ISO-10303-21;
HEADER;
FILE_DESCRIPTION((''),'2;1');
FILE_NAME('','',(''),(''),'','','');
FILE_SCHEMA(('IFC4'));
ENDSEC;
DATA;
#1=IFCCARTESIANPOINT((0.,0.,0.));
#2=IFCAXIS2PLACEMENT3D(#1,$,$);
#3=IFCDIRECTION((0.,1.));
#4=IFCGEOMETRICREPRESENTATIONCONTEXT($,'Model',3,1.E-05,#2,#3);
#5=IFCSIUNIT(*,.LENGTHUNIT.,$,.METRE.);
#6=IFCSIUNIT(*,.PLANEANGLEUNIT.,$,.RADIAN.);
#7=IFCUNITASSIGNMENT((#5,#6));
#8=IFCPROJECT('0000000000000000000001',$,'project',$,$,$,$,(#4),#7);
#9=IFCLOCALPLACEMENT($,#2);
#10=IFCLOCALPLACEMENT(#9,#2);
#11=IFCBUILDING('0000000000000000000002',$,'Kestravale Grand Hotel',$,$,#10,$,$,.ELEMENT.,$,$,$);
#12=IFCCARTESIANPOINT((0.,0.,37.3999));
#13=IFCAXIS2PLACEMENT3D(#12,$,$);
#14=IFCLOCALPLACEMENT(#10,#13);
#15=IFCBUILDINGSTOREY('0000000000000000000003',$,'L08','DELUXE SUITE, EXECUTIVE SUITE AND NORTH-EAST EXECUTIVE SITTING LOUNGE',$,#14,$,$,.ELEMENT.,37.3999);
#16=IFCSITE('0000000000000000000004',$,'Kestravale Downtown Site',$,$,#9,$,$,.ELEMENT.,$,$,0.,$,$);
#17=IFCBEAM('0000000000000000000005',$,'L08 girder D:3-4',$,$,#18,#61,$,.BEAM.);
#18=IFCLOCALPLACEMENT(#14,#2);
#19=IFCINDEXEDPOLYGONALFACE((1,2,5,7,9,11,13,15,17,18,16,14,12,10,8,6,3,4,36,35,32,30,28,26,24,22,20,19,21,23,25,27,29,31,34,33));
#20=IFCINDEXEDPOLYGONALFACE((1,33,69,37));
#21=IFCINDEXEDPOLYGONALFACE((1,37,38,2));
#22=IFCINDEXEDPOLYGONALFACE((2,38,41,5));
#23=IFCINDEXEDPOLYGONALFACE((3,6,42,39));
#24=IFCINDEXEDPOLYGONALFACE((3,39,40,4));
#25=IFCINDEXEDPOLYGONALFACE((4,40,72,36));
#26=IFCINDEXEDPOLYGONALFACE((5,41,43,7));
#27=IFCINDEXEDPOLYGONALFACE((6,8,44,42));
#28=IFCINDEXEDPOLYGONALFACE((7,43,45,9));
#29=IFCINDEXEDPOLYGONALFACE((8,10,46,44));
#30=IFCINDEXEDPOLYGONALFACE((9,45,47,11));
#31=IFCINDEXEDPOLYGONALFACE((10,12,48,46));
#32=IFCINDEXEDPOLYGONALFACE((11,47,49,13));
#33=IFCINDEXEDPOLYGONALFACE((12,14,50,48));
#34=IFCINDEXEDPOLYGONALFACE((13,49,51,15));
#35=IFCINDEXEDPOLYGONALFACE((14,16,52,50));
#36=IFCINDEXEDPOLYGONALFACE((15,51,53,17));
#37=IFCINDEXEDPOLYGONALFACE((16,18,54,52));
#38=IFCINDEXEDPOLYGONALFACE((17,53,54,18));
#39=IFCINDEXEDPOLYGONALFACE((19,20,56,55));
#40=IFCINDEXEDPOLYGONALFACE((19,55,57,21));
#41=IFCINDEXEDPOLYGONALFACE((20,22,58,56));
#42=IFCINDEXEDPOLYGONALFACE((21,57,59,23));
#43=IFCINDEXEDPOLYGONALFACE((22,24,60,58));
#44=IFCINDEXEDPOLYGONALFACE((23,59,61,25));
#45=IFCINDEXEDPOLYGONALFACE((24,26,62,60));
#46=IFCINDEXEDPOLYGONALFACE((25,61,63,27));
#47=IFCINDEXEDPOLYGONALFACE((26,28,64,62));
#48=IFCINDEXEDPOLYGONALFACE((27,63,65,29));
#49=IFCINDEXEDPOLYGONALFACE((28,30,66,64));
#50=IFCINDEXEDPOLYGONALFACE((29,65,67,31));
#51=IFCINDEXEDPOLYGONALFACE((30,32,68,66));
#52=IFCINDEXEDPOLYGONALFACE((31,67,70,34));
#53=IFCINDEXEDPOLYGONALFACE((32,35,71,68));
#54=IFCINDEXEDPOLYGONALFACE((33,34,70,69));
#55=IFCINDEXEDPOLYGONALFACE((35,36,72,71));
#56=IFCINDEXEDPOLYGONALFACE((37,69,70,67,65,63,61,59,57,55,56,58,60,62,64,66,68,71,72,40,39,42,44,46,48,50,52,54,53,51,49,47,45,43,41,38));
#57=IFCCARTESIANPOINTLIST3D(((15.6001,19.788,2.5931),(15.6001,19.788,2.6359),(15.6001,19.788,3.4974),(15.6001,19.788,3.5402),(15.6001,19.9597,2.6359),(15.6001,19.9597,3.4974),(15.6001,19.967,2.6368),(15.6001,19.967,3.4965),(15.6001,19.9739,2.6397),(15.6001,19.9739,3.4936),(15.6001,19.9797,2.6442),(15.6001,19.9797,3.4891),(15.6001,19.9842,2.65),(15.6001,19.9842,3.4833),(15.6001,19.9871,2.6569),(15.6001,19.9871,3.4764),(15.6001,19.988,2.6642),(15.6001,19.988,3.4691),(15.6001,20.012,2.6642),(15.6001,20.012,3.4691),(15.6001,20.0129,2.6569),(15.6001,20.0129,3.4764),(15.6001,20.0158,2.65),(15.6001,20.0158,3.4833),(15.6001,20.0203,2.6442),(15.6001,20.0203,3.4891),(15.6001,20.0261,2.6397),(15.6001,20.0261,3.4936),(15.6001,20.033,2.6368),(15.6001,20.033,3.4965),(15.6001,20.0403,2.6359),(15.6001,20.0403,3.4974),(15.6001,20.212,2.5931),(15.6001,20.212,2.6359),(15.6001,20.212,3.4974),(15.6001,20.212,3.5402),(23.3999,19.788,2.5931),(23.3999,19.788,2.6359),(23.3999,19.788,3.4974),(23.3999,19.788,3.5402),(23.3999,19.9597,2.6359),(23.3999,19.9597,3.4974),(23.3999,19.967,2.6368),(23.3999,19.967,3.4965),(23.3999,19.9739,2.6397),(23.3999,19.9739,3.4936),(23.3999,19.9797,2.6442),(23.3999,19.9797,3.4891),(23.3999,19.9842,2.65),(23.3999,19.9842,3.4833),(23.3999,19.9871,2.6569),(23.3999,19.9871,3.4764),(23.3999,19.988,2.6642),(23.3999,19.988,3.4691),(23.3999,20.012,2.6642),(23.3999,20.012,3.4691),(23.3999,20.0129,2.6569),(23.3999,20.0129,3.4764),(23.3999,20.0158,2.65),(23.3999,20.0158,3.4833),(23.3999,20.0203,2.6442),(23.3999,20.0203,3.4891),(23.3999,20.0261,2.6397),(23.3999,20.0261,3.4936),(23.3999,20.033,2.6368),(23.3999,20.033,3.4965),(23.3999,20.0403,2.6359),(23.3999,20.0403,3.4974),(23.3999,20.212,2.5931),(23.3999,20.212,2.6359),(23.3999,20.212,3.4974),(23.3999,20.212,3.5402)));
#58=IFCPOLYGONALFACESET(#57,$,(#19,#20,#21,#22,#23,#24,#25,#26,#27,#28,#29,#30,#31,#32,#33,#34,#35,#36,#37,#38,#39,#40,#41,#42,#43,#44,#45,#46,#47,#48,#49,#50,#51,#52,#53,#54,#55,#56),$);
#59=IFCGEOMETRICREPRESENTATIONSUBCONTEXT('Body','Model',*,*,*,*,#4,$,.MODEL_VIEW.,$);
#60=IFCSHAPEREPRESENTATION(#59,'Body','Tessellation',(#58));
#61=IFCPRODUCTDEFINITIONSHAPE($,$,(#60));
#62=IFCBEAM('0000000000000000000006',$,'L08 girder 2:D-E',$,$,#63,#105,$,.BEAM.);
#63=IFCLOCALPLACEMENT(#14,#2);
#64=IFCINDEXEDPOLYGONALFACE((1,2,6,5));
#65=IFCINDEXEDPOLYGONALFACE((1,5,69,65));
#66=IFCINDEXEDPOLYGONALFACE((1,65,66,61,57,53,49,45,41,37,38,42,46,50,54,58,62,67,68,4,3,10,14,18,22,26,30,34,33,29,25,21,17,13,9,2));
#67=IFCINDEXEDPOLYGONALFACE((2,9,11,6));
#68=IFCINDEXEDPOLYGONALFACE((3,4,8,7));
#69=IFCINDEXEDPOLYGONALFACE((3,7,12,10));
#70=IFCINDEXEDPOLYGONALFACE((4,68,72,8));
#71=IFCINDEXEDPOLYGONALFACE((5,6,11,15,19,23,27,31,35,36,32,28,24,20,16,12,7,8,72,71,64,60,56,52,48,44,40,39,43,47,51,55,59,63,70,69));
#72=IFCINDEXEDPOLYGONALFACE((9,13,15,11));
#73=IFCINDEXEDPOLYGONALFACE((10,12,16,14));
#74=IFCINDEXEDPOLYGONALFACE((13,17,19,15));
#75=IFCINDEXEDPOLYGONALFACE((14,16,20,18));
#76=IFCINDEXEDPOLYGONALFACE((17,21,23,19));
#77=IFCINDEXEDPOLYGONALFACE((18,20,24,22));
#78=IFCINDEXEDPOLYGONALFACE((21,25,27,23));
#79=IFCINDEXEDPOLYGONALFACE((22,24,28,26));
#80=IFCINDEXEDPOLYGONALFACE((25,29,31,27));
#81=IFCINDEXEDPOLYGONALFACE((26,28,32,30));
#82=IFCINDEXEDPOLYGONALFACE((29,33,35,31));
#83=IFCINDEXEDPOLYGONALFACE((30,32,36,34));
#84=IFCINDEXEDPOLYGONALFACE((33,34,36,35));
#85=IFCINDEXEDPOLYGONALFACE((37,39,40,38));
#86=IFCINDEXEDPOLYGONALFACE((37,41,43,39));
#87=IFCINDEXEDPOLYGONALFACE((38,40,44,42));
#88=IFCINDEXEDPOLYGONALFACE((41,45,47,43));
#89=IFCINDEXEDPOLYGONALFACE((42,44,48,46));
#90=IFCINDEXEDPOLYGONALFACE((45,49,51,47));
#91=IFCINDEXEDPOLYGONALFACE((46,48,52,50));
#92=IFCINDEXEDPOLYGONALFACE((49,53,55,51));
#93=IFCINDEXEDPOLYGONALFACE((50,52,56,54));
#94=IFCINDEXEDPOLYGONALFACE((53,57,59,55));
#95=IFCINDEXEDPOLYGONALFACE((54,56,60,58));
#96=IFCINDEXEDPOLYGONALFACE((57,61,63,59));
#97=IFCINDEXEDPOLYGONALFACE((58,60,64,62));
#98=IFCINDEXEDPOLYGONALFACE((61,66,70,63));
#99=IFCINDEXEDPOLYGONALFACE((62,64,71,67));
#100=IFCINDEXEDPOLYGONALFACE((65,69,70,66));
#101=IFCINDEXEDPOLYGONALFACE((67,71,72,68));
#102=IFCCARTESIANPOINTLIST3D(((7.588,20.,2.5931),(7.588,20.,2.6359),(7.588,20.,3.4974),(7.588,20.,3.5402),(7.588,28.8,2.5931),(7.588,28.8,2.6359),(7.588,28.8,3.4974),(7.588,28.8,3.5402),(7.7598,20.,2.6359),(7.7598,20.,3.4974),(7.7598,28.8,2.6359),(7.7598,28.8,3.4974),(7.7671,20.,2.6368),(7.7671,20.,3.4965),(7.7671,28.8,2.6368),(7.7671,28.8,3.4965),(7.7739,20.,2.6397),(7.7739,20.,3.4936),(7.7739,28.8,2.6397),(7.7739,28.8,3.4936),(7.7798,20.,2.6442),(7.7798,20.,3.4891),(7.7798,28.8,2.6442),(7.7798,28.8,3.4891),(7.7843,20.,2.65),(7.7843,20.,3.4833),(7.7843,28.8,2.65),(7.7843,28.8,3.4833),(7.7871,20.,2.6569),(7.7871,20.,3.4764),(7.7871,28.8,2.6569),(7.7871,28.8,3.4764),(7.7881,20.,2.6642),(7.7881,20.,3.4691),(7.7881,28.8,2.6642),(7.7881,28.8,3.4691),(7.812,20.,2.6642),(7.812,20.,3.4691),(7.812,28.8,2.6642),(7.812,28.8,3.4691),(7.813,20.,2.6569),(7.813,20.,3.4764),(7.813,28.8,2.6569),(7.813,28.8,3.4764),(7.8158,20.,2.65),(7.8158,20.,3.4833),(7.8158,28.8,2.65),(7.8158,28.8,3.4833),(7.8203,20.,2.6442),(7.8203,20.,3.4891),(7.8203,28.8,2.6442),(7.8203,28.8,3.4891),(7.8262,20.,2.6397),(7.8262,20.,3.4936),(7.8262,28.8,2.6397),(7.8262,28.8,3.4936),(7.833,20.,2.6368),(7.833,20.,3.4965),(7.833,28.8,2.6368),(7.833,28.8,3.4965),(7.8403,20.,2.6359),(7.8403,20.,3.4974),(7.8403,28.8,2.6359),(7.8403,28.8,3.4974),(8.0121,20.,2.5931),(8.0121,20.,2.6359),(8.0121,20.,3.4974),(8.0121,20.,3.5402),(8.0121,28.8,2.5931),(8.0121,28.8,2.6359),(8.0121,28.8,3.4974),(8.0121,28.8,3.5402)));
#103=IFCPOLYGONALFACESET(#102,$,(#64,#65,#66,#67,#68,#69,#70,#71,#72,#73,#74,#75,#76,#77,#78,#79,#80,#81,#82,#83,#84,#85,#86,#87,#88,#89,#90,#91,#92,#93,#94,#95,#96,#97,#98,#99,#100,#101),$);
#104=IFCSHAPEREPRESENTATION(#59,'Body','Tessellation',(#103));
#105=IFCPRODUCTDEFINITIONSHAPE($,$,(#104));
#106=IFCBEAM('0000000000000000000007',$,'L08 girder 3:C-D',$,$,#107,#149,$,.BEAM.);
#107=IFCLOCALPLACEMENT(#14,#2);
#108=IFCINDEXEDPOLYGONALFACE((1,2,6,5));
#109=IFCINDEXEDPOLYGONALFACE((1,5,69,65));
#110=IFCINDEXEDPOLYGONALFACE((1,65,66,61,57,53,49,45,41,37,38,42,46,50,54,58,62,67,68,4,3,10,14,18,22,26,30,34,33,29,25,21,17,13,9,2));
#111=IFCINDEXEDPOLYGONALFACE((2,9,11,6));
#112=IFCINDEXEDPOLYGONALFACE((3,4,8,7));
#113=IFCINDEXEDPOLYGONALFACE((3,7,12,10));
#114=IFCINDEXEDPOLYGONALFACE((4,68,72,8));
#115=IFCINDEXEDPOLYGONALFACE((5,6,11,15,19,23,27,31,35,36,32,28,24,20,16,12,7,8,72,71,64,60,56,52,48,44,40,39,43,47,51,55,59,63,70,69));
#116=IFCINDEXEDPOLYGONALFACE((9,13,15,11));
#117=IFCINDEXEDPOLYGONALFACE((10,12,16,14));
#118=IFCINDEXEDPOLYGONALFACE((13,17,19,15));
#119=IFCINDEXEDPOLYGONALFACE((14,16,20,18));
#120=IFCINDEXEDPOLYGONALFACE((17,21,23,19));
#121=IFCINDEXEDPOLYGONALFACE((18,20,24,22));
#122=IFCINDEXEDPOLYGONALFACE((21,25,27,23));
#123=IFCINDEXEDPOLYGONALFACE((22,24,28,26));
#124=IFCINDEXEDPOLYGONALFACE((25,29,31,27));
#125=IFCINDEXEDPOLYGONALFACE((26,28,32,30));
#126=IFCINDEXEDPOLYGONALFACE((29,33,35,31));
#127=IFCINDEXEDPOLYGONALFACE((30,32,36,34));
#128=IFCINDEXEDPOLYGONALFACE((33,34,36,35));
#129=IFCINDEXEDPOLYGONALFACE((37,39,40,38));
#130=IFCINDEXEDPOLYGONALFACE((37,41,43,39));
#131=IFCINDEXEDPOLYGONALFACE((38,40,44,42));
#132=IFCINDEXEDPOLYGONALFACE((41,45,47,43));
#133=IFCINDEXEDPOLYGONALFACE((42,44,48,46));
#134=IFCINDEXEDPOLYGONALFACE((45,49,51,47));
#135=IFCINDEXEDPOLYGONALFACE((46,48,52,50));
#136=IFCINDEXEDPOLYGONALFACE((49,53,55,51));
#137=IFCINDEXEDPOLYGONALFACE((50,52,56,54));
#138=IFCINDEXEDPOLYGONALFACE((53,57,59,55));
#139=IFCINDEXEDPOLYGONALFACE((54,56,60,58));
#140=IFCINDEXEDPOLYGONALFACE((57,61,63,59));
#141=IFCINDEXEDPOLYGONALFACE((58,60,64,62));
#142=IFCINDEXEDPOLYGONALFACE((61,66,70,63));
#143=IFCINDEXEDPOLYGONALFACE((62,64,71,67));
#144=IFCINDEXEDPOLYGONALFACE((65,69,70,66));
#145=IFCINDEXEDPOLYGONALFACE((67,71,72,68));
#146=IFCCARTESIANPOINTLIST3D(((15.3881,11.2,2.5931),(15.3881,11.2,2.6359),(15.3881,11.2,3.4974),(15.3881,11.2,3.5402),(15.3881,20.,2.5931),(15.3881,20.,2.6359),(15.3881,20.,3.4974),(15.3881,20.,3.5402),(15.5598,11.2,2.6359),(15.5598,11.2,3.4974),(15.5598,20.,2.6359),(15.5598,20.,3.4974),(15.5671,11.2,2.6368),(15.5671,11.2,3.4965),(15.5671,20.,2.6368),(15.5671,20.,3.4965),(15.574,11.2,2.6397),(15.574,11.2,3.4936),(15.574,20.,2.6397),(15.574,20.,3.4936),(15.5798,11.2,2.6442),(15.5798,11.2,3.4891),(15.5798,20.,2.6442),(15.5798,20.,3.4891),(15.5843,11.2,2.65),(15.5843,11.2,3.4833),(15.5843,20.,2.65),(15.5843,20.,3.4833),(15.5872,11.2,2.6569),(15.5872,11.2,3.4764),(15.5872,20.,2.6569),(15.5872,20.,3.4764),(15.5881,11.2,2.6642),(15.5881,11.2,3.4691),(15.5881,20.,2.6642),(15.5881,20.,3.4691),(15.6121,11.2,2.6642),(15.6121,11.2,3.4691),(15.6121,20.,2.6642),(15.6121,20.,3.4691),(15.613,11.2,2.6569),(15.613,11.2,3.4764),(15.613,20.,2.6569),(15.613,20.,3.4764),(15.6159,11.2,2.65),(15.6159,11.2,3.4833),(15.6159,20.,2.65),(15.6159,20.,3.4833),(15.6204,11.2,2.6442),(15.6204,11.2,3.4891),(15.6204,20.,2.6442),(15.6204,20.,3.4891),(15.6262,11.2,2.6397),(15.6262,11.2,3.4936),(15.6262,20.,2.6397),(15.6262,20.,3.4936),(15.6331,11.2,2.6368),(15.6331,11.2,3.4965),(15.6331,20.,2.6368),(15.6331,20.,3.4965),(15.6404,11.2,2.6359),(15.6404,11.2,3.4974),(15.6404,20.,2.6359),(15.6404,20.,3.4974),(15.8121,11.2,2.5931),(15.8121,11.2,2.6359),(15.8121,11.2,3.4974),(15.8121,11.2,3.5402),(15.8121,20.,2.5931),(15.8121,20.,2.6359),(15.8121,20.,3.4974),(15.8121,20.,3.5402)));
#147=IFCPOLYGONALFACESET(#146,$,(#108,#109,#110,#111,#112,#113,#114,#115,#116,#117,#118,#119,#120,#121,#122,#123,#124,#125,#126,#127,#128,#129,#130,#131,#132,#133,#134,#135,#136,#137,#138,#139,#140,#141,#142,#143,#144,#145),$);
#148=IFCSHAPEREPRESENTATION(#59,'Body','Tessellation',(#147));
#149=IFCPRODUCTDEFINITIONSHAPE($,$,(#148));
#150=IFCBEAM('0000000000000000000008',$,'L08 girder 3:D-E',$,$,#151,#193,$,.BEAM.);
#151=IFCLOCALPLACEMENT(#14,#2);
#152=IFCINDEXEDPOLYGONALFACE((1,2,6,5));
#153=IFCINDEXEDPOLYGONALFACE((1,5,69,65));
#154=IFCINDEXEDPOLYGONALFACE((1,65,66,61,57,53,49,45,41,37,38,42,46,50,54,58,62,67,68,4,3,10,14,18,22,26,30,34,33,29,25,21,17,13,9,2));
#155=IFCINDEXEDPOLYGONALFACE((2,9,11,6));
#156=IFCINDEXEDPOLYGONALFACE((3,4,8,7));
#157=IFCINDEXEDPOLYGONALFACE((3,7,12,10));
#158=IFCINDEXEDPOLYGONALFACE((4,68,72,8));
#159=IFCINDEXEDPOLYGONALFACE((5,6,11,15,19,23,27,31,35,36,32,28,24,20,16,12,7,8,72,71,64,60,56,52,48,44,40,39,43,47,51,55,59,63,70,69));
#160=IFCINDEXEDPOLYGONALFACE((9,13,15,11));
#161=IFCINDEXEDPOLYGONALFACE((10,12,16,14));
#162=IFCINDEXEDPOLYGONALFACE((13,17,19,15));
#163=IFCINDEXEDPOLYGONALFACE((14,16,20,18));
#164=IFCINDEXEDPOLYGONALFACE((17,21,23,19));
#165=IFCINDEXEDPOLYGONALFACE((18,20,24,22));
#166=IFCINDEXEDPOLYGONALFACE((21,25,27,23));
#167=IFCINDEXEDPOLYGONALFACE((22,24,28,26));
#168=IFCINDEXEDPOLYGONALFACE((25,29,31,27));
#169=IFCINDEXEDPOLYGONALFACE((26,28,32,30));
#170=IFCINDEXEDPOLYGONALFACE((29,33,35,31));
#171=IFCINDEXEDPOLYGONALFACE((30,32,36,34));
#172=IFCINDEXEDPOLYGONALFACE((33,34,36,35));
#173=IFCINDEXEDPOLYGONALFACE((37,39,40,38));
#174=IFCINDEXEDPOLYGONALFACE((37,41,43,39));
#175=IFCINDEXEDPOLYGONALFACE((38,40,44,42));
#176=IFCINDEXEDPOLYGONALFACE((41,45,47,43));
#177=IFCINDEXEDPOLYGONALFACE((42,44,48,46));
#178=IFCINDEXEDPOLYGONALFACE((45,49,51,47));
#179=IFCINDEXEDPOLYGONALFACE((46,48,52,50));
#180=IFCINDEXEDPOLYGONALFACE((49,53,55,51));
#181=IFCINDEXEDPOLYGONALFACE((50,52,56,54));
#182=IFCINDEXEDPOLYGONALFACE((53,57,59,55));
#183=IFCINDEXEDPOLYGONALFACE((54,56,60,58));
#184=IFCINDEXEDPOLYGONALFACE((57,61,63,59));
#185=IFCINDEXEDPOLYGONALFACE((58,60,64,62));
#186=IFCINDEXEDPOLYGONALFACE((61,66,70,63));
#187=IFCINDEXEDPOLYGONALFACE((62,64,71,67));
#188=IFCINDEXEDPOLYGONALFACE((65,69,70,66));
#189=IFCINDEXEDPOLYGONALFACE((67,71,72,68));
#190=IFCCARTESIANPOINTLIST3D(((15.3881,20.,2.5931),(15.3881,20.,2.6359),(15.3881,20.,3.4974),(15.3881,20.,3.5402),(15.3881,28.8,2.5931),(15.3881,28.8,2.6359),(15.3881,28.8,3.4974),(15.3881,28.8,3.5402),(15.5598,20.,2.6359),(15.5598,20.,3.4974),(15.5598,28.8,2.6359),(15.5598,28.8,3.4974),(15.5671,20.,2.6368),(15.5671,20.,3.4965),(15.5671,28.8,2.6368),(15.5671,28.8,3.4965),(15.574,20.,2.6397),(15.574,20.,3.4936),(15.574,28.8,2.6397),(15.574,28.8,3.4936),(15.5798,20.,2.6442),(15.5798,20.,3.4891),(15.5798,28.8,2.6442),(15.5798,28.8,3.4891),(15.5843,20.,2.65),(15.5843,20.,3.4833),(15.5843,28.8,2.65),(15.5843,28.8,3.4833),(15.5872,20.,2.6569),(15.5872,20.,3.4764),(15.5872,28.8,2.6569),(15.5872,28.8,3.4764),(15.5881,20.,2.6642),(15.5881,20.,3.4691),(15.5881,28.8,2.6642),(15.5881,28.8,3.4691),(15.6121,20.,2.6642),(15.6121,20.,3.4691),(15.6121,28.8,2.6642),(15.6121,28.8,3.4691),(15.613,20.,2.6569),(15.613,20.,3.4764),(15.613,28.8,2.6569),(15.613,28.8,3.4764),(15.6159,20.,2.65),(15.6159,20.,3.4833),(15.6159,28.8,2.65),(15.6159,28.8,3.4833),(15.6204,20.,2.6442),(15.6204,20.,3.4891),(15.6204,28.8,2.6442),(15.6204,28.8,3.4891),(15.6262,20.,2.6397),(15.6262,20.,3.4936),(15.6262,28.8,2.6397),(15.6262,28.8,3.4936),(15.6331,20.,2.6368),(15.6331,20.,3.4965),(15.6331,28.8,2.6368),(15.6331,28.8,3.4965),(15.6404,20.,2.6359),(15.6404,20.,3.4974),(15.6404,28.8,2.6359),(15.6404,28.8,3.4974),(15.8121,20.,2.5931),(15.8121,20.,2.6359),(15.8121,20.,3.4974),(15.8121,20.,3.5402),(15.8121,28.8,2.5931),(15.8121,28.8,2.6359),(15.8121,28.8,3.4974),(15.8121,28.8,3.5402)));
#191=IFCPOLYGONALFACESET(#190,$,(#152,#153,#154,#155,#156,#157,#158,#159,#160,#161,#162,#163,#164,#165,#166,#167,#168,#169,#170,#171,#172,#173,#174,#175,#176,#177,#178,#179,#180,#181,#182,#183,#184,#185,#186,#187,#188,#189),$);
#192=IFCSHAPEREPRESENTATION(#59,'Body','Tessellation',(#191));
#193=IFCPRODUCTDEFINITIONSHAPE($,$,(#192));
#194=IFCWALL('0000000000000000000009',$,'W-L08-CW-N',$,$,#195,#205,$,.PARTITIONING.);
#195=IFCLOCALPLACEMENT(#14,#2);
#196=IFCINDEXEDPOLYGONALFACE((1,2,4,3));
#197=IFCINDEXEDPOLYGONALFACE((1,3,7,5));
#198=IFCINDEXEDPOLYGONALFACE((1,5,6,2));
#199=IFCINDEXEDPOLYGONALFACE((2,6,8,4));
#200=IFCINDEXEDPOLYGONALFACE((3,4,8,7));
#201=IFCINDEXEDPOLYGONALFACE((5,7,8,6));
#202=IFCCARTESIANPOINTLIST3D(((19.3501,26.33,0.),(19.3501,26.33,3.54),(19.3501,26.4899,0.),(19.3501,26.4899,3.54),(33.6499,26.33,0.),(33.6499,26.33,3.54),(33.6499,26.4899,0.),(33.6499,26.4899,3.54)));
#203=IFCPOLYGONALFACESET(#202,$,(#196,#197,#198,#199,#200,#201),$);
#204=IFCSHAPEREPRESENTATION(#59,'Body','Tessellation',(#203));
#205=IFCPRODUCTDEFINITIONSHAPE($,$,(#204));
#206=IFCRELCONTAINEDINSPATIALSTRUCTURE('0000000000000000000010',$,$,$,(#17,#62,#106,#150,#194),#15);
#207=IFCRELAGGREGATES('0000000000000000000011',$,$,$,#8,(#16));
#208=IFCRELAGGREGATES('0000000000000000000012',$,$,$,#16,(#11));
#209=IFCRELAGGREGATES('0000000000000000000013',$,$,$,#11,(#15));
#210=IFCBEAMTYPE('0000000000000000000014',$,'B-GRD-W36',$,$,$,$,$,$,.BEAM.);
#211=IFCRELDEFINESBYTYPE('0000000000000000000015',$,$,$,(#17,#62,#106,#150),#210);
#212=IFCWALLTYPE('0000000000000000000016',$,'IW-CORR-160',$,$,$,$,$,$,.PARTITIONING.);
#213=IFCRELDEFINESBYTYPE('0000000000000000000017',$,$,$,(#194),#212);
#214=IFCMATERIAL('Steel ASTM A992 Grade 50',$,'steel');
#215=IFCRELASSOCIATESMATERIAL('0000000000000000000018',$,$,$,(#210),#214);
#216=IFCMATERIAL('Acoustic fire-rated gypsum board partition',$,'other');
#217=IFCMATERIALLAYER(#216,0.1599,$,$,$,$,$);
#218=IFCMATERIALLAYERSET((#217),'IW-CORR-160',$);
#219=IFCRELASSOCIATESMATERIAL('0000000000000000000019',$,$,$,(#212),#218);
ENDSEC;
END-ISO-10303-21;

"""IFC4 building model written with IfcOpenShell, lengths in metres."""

from ifc_helpers import new_model, si_unit, direction, frame, frame_2d, origin, origin_2d, place, context, subcontext, project, spatial, rectangle, i_section, extrude, material, layer, layer_set, material_profile, profile_set, type_object, element, save


model = new_model("IFC4")

# Units and contexts
model_context = context("Model", 3, precision=1e-05, world=origin(), true_north=direction((0.0, 1.0)))
body_context = subcontext(model_context, "Body", "Model", "MODEL_VIEW")
ifc_project = project(units=[si_unit("LENGTHUNIT", "METRE"), si_unit("PLANEANGLEUNIT", "RADIAN")], contexts=[model_context])

# Site, building, storey
site_placement = place(None, origin())
site = spatial("IfcSite", under=ifc_project, at=site_placement, Name="Kestravale Downtown Site", CompositionType="ELEMENT", RefElevation=0.0)
building_placement = place(site_placement, origin())
building = spatial("IfcBuilding", under=site, at=building_placement, Name="Kestravale Grand Hotel", CompositionType="ELEMENT")
storey_placement = place(building_placement, frame((0.0, 0.0, 37.3999)))
storey = spatial("IfcBuildingStorey", under=building, at=storey_placement, Name="L08", Description="DELUXE SUITE, EXECUTIVE SUITE AND NORTH-EAST EXECUTIVE SITTING LOUNGE", CompositionType="ELEMENT", Elevation=37.3999)

# Beams
ifc_material_1 = material(Name="Steel ASTM A992 Grade 50", Category="steel")
ifc_material_profile_1 = material_profile(ifc_material_1, i_section(OverallWidth=0.4241, OverallDepth=0.947, WebThickness=0.0239, FlangeThickness=0.0427, FilletRadius=0.0283, at=origin_2d()))
ifc_profile_set_1 = profile_set([ifc_material_profile_1], Name="Steel ASTM A992 Grade 50")
beam_type_1 = type_object("IfcBeamType", Name="B-GRD-W36", PredefinedType="BEAM", material=ifc_profile_set_1)
beam_1_placement = place(storey_placement, frame((15.6001, 20.0, 3.0667), z_axis=(1.0, 0.0, 0.0), x_axis=(0.0, 1.0, 0.0)))
element("IfcBeam", 1, at=beam_1_placement, inside=storey, type_object=beam_type_1, Name="L08 girder D:3-4", PredefinedType="BEAM", context=body_context, shape_type="SweptSolid", body=[
    extrude(i_section(OverallWidth=0.4241, OverallDepth=0.947, WebThickness=0.0239, FlangeThickness=0.0427, FilletRadius=0.0283, at=origin_2d()), origin(), (0.0, 0.0, 1.0), 7.7998),
])
for number, where, z_axis, x_axis, name in (
    (2, (7.8, 20.0, 3.0667), (0.0, 1.0, 0.0), (-1.0, 0.0, 0.0), "L08 girder 2:D-E"),
    (3, (15.6001, 11.2, 3.0667), (0.0, 1.0, 0.0), (-1.0, 0.0, 0.0), "L08 girder 3:C-D"),
    (4, (15.6001, 20.0, 3.0667), (0.0, 1.0, 0.0), (-1.0, 0.0, 0.0), "L08 girder 3:D-E"),
):
    element("IfcBeam", number, at=place(storey_placement, frame(where, z_axis=z_axis, x_axis=x_axis)), inside=storey, type_object=beam_type_1, Name=name, PredefinedType="BEAM", context=body_context, shape_type="SweptSolid", body=[
        extrude(i_section(OverallWidth=0.4241, OverallDepth=0.947, WebThickness=0.0239, FlangeThickness=0.0427, FilletRadius=0.0283, at=origin_2d()), origin(), (0.0, 0.0, 1.0), 8.8),
    ])

# Wall
ifc_material_2 = material(Name="Acoustic fire-rated gypsum board partition", Category="other")
ifc_layer_1 = layer(ifc_material_2, 0.1599)
ifc_layer_set_1 = layer_set([ifc_layer_1], Name="IW-CORR-160")
wall_type_1 = type_object("IfcWallType", Name="IW-CORR-160", PredefinedType="PARTITIONING", material=ifc_layer_set_1)
wall_1_placement = place(storey_placement, frame((19.3501, 26.4099, 0.0), z_axis=(0.0, 0.0, 1.0), x_axis=(1.0, 0.0, 0.0)))
element("IfcWall", 5, at=wall_1_placement, inside=storey, type_object=wall_type_1, Name="W-L08-CW-N", PredefinedType="PARTITIONING", context=body_context, shape_type="SweptSolid", body=[
    extrude(rectangle(XDim=14.2998, YDim=0.1599, at=frame_2d((7.1499, 0.0))), origin(), (0.0, 0.0, 1.0), 3.54),
])

save(model, "model.ifc")
